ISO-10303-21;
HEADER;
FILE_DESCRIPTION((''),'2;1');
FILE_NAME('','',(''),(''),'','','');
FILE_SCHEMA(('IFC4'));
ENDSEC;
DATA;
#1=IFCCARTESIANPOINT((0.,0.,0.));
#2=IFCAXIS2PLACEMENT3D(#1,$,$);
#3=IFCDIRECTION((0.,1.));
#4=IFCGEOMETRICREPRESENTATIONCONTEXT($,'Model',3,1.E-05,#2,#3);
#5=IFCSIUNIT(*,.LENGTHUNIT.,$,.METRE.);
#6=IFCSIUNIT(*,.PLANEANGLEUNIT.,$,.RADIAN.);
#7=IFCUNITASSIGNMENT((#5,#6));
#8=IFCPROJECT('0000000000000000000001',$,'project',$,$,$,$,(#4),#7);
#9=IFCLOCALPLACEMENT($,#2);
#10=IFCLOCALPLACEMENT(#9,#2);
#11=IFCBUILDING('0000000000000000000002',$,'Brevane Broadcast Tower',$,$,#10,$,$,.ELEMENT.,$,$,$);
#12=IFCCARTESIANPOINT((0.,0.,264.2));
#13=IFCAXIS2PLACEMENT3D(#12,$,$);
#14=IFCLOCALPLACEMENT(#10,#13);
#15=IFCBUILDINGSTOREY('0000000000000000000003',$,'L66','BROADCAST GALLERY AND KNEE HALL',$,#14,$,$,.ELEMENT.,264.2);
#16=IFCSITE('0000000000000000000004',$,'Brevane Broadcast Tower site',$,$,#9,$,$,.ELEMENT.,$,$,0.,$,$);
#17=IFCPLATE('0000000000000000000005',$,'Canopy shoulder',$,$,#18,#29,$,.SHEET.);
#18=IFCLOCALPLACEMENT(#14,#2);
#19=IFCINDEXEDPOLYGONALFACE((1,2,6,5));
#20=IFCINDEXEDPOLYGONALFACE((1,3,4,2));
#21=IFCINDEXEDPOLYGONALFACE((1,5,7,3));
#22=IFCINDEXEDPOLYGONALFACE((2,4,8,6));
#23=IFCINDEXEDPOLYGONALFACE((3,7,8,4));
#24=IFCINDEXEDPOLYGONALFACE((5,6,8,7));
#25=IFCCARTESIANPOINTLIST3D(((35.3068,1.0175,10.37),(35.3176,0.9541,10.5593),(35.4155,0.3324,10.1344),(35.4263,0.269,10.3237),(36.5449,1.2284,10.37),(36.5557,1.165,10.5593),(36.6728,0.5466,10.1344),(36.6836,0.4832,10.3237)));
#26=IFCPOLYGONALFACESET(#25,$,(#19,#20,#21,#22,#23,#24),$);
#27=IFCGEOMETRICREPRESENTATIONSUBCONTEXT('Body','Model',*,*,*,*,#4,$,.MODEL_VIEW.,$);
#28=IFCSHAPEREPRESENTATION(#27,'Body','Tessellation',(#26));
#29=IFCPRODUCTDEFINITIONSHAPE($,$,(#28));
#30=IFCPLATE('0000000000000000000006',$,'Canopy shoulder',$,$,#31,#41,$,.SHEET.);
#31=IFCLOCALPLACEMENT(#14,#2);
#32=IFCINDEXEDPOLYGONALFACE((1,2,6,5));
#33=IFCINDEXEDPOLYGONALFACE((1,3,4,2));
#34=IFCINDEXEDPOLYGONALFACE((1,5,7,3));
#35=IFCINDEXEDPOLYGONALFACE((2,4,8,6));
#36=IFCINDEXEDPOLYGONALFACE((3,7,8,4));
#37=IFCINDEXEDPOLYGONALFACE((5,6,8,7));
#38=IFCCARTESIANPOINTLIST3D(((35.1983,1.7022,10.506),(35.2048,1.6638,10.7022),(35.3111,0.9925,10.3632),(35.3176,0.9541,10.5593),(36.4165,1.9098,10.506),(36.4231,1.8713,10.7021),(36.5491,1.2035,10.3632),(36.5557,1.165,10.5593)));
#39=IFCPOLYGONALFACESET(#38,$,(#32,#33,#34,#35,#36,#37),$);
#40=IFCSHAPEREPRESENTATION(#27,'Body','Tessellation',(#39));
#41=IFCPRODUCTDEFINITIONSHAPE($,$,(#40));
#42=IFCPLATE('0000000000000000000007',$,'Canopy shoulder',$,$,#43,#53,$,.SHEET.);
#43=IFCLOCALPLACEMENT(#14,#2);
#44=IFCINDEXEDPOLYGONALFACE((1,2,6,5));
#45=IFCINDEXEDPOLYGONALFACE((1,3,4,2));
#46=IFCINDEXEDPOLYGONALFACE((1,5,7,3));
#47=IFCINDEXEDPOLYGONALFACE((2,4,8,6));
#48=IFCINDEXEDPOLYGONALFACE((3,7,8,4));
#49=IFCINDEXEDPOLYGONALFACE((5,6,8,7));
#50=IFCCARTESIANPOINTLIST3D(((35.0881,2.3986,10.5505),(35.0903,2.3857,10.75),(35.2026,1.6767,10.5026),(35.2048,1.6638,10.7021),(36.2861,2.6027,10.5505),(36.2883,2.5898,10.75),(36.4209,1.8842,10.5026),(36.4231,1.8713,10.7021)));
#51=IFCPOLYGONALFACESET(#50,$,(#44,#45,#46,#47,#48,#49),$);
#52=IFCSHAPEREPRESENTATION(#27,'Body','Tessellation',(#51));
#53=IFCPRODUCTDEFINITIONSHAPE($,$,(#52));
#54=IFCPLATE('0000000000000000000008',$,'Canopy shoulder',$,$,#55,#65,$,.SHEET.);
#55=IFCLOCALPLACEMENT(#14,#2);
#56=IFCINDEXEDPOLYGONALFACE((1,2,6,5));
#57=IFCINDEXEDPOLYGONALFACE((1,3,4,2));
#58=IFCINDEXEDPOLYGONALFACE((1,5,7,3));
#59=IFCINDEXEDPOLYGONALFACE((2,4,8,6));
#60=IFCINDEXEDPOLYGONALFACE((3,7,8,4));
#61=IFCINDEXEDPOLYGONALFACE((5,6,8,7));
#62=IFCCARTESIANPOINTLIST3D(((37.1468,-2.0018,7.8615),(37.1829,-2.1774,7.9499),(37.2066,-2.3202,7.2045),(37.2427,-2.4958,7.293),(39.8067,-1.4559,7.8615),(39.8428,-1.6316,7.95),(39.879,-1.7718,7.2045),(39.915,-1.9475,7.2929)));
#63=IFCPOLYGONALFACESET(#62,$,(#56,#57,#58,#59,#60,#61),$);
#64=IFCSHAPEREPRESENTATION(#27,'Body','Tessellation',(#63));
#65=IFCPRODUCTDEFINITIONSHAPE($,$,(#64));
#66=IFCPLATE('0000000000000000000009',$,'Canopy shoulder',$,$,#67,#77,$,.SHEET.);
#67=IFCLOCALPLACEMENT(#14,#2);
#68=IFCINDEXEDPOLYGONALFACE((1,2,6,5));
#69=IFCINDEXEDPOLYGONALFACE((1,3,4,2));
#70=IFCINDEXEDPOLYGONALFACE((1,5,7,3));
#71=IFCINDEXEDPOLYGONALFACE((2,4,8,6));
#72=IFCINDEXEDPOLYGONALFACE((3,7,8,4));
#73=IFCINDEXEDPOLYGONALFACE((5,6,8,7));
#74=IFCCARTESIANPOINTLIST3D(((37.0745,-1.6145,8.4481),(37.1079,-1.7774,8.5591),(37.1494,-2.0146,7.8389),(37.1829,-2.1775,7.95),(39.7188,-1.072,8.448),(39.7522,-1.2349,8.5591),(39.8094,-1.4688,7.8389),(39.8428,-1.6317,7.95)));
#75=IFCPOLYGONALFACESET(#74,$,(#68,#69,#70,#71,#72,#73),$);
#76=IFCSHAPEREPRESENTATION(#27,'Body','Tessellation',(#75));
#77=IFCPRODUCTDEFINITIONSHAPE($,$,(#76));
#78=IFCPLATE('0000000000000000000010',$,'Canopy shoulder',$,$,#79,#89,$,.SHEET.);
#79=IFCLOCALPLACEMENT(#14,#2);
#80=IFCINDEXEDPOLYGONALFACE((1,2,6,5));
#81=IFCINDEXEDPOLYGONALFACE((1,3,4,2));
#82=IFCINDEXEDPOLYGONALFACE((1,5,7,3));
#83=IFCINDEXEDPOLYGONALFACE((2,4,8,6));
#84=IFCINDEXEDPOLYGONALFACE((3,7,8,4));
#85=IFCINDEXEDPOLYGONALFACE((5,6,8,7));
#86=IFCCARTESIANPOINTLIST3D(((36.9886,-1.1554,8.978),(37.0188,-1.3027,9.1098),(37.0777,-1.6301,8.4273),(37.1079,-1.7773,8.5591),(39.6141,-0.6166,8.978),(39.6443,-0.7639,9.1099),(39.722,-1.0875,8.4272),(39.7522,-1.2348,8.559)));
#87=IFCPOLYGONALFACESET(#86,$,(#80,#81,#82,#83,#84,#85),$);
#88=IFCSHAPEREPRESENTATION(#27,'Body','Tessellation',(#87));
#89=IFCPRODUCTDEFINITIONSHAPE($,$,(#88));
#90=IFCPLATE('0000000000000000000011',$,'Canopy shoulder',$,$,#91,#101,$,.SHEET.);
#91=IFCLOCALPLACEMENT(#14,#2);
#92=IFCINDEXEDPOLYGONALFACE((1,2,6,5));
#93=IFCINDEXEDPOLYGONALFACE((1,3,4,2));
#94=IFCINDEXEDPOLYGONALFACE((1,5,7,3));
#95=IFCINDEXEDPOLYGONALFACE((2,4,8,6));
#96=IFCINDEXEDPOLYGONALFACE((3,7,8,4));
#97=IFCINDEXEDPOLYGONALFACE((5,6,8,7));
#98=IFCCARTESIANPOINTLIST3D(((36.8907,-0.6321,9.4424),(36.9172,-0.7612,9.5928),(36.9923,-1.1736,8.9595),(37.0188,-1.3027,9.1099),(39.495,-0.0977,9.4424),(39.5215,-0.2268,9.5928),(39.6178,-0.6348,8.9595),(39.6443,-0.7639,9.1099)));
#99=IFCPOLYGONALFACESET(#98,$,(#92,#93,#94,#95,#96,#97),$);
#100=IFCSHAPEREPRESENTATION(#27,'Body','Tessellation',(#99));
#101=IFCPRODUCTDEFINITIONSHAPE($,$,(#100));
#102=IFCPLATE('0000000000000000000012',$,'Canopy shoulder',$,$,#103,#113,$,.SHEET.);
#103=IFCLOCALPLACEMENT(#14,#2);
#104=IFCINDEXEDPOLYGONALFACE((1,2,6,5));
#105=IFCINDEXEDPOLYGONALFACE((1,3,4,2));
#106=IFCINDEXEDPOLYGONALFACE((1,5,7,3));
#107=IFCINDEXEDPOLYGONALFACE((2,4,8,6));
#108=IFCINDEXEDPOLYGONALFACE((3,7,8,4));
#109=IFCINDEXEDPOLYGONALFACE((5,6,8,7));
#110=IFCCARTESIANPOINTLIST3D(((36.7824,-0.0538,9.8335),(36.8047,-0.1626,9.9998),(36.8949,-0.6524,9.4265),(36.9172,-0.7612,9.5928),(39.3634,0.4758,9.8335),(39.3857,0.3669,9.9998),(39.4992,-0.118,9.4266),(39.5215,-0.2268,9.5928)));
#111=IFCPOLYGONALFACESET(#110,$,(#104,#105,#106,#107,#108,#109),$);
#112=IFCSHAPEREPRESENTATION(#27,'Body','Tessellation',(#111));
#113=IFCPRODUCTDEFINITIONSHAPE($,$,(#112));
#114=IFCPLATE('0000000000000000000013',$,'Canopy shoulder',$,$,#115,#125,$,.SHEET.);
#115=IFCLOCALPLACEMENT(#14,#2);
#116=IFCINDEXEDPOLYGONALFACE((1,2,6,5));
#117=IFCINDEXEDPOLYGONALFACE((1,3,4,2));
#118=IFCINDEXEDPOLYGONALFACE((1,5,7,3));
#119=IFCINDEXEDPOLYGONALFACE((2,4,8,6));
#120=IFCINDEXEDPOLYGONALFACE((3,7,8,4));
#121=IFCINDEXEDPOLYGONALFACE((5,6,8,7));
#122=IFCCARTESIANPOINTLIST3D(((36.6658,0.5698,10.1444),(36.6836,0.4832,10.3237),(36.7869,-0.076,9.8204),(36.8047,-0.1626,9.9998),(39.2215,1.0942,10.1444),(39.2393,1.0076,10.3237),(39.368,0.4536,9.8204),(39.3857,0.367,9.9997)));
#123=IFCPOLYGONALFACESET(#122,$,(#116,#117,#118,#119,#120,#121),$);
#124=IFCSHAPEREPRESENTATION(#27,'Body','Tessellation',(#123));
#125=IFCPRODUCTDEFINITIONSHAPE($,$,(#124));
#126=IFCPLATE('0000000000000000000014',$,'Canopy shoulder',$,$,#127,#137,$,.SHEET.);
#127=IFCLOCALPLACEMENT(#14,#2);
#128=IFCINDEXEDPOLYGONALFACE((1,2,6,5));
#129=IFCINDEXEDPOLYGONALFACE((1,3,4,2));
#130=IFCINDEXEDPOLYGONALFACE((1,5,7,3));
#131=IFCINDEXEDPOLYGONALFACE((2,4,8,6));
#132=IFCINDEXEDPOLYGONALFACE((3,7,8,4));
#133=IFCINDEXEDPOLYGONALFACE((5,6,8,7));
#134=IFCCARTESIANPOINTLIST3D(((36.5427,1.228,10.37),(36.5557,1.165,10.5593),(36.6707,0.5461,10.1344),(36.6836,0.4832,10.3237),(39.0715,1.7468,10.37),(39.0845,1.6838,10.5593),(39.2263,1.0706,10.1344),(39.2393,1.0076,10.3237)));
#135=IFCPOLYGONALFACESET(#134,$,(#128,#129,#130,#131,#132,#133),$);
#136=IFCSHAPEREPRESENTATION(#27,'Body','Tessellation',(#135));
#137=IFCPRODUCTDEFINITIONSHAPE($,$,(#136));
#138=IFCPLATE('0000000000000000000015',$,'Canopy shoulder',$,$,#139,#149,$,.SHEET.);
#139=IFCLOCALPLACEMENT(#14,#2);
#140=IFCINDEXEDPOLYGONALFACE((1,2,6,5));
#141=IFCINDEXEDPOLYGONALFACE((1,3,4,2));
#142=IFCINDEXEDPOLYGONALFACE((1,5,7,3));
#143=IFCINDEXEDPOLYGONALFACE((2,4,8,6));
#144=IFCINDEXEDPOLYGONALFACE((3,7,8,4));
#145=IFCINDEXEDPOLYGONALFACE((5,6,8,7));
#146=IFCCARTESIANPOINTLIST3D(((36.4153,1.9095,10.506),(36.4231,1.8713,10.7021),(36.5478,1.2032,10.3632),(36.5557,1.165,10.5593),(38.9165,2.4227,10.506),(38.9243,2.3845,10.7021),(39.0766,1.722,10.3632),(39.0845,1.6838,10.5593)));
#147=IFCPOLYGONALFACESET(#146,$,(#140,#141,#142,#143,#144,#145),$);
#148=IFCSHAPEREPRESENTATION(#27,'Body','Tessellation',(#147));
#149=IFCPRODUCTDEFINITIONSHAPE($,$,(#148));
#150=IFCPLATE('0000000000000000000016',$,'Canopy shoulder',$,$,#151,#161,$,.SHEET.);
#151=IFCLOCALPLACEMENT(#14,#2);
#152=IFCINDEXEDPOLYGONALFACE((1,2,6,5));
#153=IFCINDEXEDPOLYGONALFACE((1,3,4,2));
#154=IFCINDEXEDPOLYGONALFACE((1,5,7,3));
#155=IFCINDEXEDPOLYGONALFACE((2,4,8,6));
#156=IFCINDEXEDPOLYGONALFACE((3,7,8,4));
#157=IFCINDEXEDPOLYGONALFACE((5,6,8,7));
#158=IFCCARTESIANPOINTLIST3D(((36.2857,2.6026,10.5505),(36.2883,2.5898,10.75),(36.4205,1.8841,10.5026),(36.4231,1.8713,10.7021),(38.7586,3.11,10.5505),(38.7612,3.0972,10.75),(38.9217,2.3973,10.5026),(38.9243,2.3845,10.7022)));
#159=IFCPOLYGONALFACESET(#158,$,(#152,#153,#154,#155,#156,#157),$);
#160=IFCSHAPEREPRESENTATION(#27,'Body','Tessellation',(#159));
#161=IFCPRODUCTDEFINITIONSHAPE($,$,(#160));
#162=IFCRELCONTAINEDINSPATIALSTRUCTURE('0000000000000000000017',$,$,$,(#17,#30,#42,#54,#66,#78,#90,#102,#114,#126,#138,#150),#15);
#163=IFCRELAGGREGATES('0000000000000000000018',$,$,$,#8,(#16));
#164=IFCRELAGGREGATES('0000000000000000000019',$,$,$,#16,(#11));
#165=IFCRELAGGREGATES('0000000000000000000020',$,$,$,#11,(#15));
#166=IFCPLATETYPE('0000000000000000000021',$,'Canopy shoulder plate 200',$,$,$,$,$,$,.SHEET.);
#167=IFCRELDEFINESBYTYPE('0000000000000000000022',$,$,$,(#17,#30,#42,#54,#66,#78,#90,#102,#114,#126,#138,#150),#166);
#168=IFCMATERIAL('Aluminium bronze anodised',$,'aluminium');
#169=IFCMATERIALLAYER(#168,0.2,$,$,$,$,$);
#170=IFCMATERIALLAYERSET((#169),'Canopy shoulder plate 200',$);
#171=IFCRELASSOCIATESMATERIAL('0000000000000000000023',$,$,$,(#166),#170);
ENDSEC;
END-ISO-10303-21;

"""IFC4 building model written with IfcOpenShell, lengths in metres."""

from ifc_helpers import new_model, si_unit, direction, frame, origin, place, context, subcontext, project, spatial, polyline, outline, extrude, material, layer, layer_set, type_object, element, save


model = new_model("IFC4")

# Units and contexts
model_context = context("Model", 3, precision=1e-05, world=origin(), true_north=direction((0.0, 1.0)))
body_context = subcontext(model_context, "Body", "Model", "MODEL_VIEW")
ifc_project = project(units=[si_unit("LENGTHUNIT", "METRE"), si_unit("PLANEANGLEUNIT", "RADIAN")], contexts=[model_context])

# Site, building, storey
site_placement = place(None, origin())
site = spatial("IfcSite", under=ifc_project, at=site_placement, Name="Brevane Broadcast Tower site", CompositionType="ELEMENT", RefElevation=0.0)
building_placement = place(site_placement, origin())
building = spatial("IfcBuilding", under=site, at=building_placement, Name="Brevane Broadcast Tower", CompositionType="ELEMENT")
storey_placement = place(building_placement, frame((0.0, 0.0, 264.2)))
storey = spatial("IfcBuildingStorey", under=building, at=storey_placement, Name="L66", Description="BROADCAST GALLERY AND KNEE HALL", CompositionType="ELEMENT", Elevation=264.2)

# Plates
ifc_material = material(Name="Aluminium bronze anodised", Category="aluminium")
ifc_layer = layer(ifc_material, 0.2)
ifc_layer_set = layer_set([ifc_layer], Name="Canopy shoulder plate 200")
plate_type = type_object("IfcPlateType", Name="Canopy shoulder plate 200", PredefinedType="SHEET", material=ifc_layer_set)
plate_1_placement = place(storey_placement, frame((35.4263, 0.269, 10.3237), z_axis=(0.054004, -0.317045, 0.946872), x_axis=(0.985808, 0.167879, -0.000013)))
element("IfcPlate", 1, at=plate_1_placement, inside=storey, type_object=plate_type, Name="Canopy shoulder", PredefinedType="SHEET", context=body_context, shape_type="SweptSolid", body=[
    extrude(outline(polyline([(0.0, 0.0), (1.2754, 0.0), (1.2638, 0.7326), (0.0079, 0.7325), (0.0, 0.0)])), origin(), (0.0, 0.0, -1.0), 0.2),
])
plate_2_placement = place(storey_placement, frame((35.3176, 0.9541, 10.5593), z_axis=(0.03274, -0.192181, 0.980813), x_axis=(0.985794, 0.167959, 0.000004)))
element("IfcPlate", 2, at=plate_2_placement, inside=storey, type_object=plate_type, Name="Canopy shoulder", PredefinedType="SHEET", context=body_context, shape_type="SweptSolid", body=[
    extrude(outline(polyline([(0.0, 0.0), (1.2559, 0.0), (1.2438, 0.7326), (0.008, 0.7326), (0.0, 0.0)])), origin(), (0.0, 0.0, -1.0), 0.2),
])
plate_3_placement = place(storey_placement, frame((35.2048, 1.6638, 10.7021), z_axis=(0.010971, -0.0644, 0.997864), x_axis=(0.9858, 0.167922, -0.000001)))
element("IfcPlate", 3, at=plate_3_placement, inside=storey, type_object=plate_type, Name="Canopy shoulder", PredefinedType="SHEET", context=body_context, shape_type="SweptSolid", body=[
    extrude(outline(polyline([(0.0, 0.0), (1.2358, 0.0), (1.2236, 0.7325), (0.0084, 0.7325), (0.0, 0.0)])), origin(), (0.0, 0.0, -1.0), 0.2),
])
plate_4_placement = place(storey_placement, frame((37.2427, -2.4958, 7.293), z_axis=(0.180296, -0.87859, 0.442236), x_axis=(0.979588, 0.201017, -0.000008)))
element("IfcPlate", 4, at=plate_4_placement, inside=storey, type_object=plate_type, Name="Canopy shoulder", PredefinedType="SHEET", context=body_context, shape_type="SweptSolid", body=[
    extrude(outline(polyline([(0.0, 0.0), (2.728, 0.0), (2.7207, 0.7325), (0.0054, 0.7325), (0.0, 0.0)])), origin(), (0.0, 0.0, -1.0), 0.2),
])
plate_5_placement = place(storey_placement, frame((37.1829, -2.1775, 7.95), z_axis=(0.167137, -0.814541, 0.555507), x_axis=(0.979588, 0.201016, 0.000018)))
element("IfcPlate", 5, at=plate_5_placement, inside=storey, type_object=plate_type, Name="Canopy shoulder", PredefinedType="SHEET", context=body_context, shape_type="SweptSolid", body=[
    extrude(outline(polyline([(0.0, 0.0), (2.7154, 0.0), (2.7064, 0.7325), (0.007, 0.7326), (0.0, 0.0)])), origin(), (0.0, 0.0, -1.0), 0.2),
])
plate_6_placement = place(storey_placement, frame((37.1079, -1.7773, 8.5591), z_axis=(0.151133, -0.736557, 0.659275), x_axis=(0.979594, 0.200986, -0.000018)))
element("IfcPlate", 6, at=plate_6_placement, inside=storey, type_object=plate_type, Name="Canopy shoulder", PredefinedType="SHEET", context=body_context, shape_type="SweptSolid", body=[
    extrude(outline(polyline([(0.0, 0.0), (2.6994, 0.0), (2.6883, 0.7326), (0.0081, 0.7325), (0.0, 0.0)])), origin(), (0.0, 0.0, -1.0), 0.2),
])
plate_7_placement = place(storey_placement, frame((37.0188, -1.3027, 9.1099), z_axis=(0.132521, -0.645756, 0.751956), x_axis=(0.979584, 0.201033, 0.000003)))
element("IfcPlate", 7, at=plate_7_placement, inside=storey, type_object=plate_type, Name="Canopy shoulder", PredefinedType="SHEET", context=body_context, shape_type="SweptSolid", body=[
    extrude(outline(polyline([(0.0, 0.0), (2.6802, 0.0), (2.6679, 0.7325), (0.0094, 0.7326), (0.0, 0.0)])), origin(), (0.0, 0.0, -1.0), 0.2),
])
plate_8_placement = place(storey_placement, frame((36.9172, -0.7612, 9.5928), z_axis=(0.111685, -0.544303, 0.831421), x_axis=(0.979588, 0.201016, 0.000011)))
element("IfcPlate", 8, at=plate_8_placement, inside=storey, type_object=plate_type, Name="Canopy shoulder", PredefinedType="SHEET", context=body_context, shape_type="SweptSolid", body=[
    extrude(outline(polyline([(0.0, 0.0), (2.6585, 0.0), (2.6449, 0.7324), (0.0101, 0.7325), (0.0, 0.0)])), origin(), (0.0, 0.0, -1.0), 0.2),
])
plate_9_placement = place(storey_placement, frame((36.8047, -0.1626, 9.9998), z_axis=(0.088897, -0.433264, 0.896872), x_axis=(0.979595, 0.200981, -0.000006)))
element("IfcPlate", 9, at=plate_9_placement, inside=storey, type_object=plate_type, Name="Canopy shoulder", PredefinedType="SHEET", context=body_context, shape_type="SweptSolid", body=[
    extrude(outline(polyline([(0.0, 0.0), (2.6348, 0.0), (2.6201, 0.7325), (0.0112, 0.7325), (0.0, 0.0)])), origin(), (0.0, 0.0, -1.0), 0.2),
])
plate_10_placement = place(storey_placement, frame((36.6836, 0.4832, 10.3237), z_axis=(0.06464, -0.315048, 0.946872), x_axis=(0.97959, 0.201007, 0.000006)))
element("IfcPlate", 10, at=plate_10_placement, inside=storey, type_object=plate_type, Name="Canopy shoulder", PredefinedType="SHEET", context=body_context, shape_type="SweptSolid", body=[
    extrude(outline(polyline([(0.0, 0.0), (2.6089, 0.0), (2.5932, 0.7325), (0.0117, 0.7326), (0.0, 0.0)])), origin(), (0.0, 0.0, -1.0), 0.2),
])
plate_11_placement = place(storey_placement, frame((36.5557, 1.165, 10.5593), z_axis=(0.039181, -0.190972, 0.980813), x_axis=(0.979597, 0.20097, -0.000002)))
element("IfcPlate", 11, at=plate_11_placement, inside=storey, type_object=plate_type, Name="Canopy shoulder", PredefinedType="SHEET", context=body_context, shape_type="SweptSolid", body=[
    extrude(outline(polyline([(0.0, 0.0), (2.5815, 0.0), (2.5654, 0.7326), (0.0121, 0.7326), (0.0, 0.0)])), origin(), (0.0, 0.0, -1.0), 0.2),
])
plate_12_placement = place(storey_placement, frame((36.4231, 1.8713, 10.7021), z_axis=(0.01313, -0.063996, 0.997864), x_axis=(0.979594, 0.200986, 0.000001)))
element("IfcPlate", 12, at=plate_12_placement, inside=storey, type_object=plate_type, Name="Canopy shoulder", PredefinedType="SHEET", context=body_context, shape_type="SweptSolid", body=[
    extrude(outline(polyline([(0.0, 0.0), (2.5533, 0.0), (2.5368, 0.7324), (0.0124, 0.7325), (0.0, 0.0)])), origin(), (0.0, 0.0, -1.0), 0.2),
])

save(model, "model.ifc")
